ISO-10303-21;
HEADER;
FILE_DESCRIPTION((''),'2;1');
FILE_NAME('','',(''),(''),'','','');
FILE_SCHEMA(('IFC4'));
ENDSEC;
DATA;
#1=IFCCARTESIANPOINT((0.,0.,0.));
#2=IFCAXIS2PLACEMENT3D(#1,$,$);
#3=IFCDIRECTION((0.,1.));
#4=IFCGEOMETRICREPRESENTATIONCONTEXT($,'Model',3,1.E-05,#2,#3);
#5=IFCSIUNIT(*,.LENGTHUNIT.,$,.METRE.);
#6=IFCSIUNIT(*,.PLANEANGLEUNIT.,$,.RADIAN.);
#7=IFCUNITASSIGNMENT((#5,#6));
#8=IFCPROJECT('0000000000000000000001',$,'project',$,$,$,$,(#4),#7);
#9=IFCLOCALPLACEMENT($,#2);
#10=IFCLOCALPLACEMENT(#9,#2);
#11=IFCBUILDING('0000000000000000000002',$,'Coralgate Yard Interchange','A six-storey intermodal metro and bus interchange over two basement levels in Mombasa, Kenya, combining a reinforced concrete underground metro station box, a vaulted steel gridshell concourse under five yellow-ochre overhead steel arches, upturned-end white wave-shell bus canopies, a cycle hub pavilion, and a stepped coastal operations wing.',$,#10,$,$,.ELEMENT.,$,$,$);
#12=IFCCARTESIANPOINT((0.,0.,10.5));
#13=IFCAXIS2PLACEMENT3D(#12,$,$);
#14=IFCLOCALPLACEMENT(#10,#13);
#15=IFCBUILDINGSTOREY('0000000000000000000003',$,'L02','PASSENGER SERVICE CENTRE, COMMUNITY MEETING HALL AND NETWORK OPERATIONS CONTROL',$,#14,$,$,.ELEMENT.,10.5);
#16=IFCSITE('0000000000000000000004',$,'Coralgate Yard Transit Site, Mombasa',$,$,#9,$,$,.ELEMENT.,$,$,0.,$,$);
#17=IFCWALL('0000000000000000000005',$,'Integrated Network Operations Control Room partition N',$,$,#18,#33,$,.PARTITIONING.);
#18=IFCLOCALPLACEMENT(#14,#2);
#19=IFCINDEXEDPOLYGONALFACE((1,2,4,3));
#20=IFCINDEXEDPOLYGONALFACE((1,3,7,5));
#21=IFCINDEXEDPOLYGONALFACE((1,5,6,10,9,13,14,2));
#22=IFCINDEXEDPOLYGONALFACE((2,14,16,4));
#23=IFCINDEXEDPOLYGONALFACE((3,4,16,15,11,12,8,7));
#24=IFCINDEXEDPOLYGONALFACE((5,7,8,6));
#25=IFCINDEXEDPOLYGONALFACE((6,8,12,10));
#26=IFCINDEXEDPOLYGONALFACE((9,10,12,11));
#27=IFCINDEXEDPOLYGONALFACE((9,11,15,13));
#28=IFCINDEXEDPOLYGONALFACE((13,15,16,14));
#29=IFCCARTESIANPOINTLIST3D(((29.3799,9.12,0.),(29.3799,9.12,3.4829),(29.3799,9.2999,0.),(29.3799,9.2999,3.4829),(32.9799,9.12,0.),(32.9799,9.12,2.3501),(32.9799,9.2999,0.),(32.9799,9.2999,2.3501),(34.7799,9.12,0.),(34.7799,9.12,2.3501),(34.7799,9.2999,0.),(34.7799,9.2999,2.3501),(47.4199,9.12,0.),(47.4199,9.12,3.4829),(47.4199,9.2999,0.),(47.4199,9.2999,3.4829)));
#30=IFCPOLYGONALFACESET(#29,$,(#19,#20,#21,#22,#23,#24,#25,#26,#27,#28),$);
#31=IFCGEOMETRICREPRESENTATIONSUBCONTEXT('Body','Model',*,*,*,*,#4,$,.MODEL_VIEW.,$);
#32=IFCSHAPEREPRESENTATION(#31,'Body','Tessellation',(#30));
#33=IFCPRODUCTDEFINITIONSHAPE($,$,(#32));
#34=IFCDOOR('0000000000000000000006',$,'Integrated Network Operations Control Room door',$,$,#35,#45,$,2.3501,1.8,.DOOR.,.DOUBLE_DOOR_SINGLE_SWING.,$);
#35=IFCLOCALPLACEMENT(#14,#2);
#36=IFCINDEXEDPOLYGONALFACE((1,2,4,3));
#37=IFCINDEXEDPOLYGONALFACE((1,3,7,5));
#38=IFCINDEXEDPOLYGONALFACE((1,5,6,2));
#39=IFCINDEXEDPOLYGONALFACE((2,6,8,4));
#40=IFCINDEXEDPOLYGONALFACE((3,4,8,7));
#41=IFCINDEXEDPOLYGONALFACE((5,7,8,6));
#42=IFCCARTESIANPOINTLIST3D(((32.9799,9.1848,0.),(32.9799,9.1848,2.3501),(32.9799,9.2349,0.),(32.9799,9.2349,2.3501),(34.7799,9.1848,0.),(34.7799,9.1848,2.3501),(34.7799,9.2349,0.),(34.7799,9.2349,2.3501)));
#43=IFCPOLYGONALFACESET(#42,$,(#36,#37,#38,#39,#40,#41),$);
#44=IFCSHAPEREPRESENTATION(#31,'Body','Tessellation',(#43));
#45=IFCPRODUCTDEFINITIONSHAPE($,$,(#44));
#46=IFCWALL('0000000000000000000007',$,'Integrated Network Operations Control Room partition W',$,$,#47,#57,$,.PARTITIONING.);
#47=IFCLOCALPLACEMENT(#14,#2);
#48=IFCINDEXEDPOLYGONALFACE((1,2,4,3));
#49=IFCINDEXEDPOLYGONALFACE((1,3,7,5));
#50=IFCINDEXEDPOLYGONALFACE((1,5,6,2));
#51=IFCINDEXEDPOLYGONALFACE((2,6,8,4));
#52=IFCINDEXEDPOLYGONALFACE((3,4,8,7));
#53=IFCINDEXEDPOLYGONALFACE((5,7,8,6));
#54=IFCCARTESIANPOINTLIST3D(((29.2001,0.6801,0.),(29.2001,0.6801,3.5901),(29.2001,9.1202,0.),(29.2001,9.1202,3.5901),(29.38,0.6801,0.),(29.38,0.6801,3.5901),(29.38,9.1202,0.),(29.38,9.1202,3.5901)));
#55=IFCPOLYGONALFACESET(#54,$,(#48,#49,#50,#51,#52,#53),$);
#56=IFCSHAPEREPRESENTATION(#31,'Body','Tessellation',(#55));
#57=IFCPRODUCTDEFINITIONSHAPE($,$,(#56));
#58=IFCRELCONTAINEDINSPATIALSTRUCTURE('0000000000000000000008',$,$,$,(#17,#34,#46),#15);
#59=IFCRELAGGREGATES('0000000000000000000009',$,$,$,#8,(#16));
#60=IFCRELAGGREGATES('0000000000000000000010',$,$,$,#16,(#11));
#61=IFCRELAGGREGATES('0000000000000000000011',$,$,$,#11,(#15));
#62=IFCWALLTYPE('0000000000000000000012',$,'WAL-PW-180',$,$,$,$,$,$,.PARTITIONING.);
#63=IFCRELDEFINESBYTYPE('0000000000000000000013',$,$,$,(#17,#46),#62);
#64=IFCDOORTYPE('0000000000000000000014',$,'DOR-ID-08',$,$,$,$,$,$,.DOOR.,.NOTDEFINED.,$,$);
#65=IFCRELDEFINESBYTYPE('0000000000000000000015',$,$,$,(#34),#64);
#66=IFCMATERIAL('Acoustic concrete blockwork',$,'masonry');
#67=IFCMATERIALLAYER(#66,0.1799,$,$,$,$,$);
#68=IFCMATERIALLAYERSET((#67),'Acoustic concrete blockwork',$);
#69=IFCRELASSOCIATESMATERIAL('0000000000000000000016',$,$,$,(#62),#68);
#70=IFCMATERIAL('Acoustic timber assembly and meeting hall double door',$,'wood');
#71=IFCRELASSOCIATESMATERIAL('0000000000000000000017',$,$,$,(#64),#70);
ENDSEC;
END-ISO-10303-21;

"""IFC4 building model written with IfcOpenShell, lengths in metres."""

from ifc_helpers import new_model, si_unit, direction, frame, frame_2d, origin, place, context, subcontext, project, spatial, rectangle, extrude, material, layer, layer_set, type_object, element, fill, save


model = new_model("IFC4")

# Units and contexts
model_context = context("Model", 3, precision=1e-05, world=origin(), true_north=direction((0.0, 1.0)))
body_context = subcontext(model_context, "Body", "Model", "MODEL_VIEW")
ifc_project = project(units=[si_unit("LENGTHUNIT", "METRE"), si_unit("PLANEANGLEUNIT", "RADIAN")], contexts=[model_context])

# Site, building, storey
site_placement = place(None, origin())
site = spatial("IfcSite", under=ifc_project, at=site_placement, Name="Coralgate Yard Transit Site, Mombasa", CompositionType="ELEMENT", RefElevation=0.0)
building_placement = place(site_placement, origin())
building = spatial("IfcBuilding", under=site, at=building_placement, Name="Coralgate Yard Interchange", Description="A six-storey intermodal metro and bus interchange over two basement levels in Mombasa, Kenya, combining a reinforced concrete underground metro station box, a vaulted steel gridshell concourse under five yellow-ochre overhead steel arches, upturned-end white wave-shell bus canopies, a cycle hub pavilion, and a stepped coastal operations wing.", CompositionType="ELEMENT")
storey_placement = place(building_placement, frame((0.0, 0.0, 10.5)))
storey = spatial("IfcBuildingStorey", under=building, at=storey_placement, Name="L02", Description="PASSENGER SERVICE CENTRE, COMMUNITY MEETING HALL AND NETWORK OPERATIONS CONTROL", CompositionType="ELEMENT", Elevation=10.5)

# Wall, opening, door
ifc_material_1 = material(Name="Acoustic concrete blockwork", Category="masonry")
ifc_layer_1 = layer(ifc_material_1, 0.1799)
ifc_layer_set_1 = layer_set([ifc_layer_1], Name="Acoustic concrete blockwork")
wall_type = type_object("IfcWallType", Name="WAL-PW-180", PredefinedType="PARTITIONING", material=ifc_layer_set_1)
wall_1_placement = place(storey_placement, frame((29.3799, 9.21, 0.0), z_axis=(0.0, 0.0, 1.0), x_axis=(1.0, 0.0, 0.0)))
wall_1 = element("IfcWall", 1, at=wall_1_placement, inside=storey, type_object=wall_type, Name="Integrated Network Operations Control Room partition N", PredefinedType="PARTITIONING", context=body_context, shape_type="SweptSolid", body=[
    extrude(rectangle(XDim=18.04, YDim=0.1799, at=frame_2d((9.02, 0.0))), origin(), (0.0, 0.0, 1.0), 3.4829),
])
opening_placement = place(wall_1_placement, frame((3.6001, 0.0, 0.0)))
opening = element("IfcOpeningElement", 2, at=opening_placement, cuts=wall_1, PredefinedType="OPENING", context=body_context, shape_type="SweptSolid", body=[
    extrude(rectangle(XDim=1.8, YDim=2.3501, at=frame_2d((0.8999, 1.175))), frame((0.0, 0.0999, 0.0), z_axis=(0.0, -1.0, 0.0), x_axis=(1.0, 0.0, 0.0)), (0.0, 0.0, 1.0), 0.2),
])
ifc_material_2 = material(Name="Acoustic timber assembly and meeting hall double door", Category="wood")
door_type = type_object("IfcDoorType", Name="DOR-ID-08", OperationType="NOTDEFINED", PredefinedType="DOOR", material=ifc_material_2)
door_placement = place(opening_placement, origin())
door = element("IfcDoor", 3, at=door_placement, inside=storey, type_object=door_type, Name="Integrated Network Operations Control Room door", OperationType="DOUBLE_DOOR_SINGLE_SWING", OverallHeight=2.3501, OverallWidth=1.8, PredefinedType="DOOR", context=body_context, shape_type="SweptSolid", body=[
    extrude(rectangle(XDim=1.8, YDim=2.3501, at=frame_2d((0.8999, 1.175))), frame((0.0, 0.0249, 0.0), z_axis=(0.0, -1.0, 0.0), x_axis=(1.0, 0.0, 0.0)), (0.0, 0.0, 1.0), 0.05),
])
fill(opening, door)

# Wall
wall_2_placement = place(storey_placement, frame((29.29, 0.6799, 0.0), z_axis=(0.0, 0.0, 1.0), x_axis=(0.0, 1.0, 0.0)))
element("IfcWall", 4, at=wall_2_placement, inside=storey, type_object=wall_type, Name="Integrated Network Operations Control Room partition W", PredefinedType="PARTITIONING", context=body_context, shape_type="SweptSolid", body=[
    extrude(rectangle(XDim=8.4402, YDim=0.1799, at=frame_2d((4.2202, 0.0))), origin(), (0.0, 0.0, 1.0), 3.5901),
])

save(model, "model.ifc")
